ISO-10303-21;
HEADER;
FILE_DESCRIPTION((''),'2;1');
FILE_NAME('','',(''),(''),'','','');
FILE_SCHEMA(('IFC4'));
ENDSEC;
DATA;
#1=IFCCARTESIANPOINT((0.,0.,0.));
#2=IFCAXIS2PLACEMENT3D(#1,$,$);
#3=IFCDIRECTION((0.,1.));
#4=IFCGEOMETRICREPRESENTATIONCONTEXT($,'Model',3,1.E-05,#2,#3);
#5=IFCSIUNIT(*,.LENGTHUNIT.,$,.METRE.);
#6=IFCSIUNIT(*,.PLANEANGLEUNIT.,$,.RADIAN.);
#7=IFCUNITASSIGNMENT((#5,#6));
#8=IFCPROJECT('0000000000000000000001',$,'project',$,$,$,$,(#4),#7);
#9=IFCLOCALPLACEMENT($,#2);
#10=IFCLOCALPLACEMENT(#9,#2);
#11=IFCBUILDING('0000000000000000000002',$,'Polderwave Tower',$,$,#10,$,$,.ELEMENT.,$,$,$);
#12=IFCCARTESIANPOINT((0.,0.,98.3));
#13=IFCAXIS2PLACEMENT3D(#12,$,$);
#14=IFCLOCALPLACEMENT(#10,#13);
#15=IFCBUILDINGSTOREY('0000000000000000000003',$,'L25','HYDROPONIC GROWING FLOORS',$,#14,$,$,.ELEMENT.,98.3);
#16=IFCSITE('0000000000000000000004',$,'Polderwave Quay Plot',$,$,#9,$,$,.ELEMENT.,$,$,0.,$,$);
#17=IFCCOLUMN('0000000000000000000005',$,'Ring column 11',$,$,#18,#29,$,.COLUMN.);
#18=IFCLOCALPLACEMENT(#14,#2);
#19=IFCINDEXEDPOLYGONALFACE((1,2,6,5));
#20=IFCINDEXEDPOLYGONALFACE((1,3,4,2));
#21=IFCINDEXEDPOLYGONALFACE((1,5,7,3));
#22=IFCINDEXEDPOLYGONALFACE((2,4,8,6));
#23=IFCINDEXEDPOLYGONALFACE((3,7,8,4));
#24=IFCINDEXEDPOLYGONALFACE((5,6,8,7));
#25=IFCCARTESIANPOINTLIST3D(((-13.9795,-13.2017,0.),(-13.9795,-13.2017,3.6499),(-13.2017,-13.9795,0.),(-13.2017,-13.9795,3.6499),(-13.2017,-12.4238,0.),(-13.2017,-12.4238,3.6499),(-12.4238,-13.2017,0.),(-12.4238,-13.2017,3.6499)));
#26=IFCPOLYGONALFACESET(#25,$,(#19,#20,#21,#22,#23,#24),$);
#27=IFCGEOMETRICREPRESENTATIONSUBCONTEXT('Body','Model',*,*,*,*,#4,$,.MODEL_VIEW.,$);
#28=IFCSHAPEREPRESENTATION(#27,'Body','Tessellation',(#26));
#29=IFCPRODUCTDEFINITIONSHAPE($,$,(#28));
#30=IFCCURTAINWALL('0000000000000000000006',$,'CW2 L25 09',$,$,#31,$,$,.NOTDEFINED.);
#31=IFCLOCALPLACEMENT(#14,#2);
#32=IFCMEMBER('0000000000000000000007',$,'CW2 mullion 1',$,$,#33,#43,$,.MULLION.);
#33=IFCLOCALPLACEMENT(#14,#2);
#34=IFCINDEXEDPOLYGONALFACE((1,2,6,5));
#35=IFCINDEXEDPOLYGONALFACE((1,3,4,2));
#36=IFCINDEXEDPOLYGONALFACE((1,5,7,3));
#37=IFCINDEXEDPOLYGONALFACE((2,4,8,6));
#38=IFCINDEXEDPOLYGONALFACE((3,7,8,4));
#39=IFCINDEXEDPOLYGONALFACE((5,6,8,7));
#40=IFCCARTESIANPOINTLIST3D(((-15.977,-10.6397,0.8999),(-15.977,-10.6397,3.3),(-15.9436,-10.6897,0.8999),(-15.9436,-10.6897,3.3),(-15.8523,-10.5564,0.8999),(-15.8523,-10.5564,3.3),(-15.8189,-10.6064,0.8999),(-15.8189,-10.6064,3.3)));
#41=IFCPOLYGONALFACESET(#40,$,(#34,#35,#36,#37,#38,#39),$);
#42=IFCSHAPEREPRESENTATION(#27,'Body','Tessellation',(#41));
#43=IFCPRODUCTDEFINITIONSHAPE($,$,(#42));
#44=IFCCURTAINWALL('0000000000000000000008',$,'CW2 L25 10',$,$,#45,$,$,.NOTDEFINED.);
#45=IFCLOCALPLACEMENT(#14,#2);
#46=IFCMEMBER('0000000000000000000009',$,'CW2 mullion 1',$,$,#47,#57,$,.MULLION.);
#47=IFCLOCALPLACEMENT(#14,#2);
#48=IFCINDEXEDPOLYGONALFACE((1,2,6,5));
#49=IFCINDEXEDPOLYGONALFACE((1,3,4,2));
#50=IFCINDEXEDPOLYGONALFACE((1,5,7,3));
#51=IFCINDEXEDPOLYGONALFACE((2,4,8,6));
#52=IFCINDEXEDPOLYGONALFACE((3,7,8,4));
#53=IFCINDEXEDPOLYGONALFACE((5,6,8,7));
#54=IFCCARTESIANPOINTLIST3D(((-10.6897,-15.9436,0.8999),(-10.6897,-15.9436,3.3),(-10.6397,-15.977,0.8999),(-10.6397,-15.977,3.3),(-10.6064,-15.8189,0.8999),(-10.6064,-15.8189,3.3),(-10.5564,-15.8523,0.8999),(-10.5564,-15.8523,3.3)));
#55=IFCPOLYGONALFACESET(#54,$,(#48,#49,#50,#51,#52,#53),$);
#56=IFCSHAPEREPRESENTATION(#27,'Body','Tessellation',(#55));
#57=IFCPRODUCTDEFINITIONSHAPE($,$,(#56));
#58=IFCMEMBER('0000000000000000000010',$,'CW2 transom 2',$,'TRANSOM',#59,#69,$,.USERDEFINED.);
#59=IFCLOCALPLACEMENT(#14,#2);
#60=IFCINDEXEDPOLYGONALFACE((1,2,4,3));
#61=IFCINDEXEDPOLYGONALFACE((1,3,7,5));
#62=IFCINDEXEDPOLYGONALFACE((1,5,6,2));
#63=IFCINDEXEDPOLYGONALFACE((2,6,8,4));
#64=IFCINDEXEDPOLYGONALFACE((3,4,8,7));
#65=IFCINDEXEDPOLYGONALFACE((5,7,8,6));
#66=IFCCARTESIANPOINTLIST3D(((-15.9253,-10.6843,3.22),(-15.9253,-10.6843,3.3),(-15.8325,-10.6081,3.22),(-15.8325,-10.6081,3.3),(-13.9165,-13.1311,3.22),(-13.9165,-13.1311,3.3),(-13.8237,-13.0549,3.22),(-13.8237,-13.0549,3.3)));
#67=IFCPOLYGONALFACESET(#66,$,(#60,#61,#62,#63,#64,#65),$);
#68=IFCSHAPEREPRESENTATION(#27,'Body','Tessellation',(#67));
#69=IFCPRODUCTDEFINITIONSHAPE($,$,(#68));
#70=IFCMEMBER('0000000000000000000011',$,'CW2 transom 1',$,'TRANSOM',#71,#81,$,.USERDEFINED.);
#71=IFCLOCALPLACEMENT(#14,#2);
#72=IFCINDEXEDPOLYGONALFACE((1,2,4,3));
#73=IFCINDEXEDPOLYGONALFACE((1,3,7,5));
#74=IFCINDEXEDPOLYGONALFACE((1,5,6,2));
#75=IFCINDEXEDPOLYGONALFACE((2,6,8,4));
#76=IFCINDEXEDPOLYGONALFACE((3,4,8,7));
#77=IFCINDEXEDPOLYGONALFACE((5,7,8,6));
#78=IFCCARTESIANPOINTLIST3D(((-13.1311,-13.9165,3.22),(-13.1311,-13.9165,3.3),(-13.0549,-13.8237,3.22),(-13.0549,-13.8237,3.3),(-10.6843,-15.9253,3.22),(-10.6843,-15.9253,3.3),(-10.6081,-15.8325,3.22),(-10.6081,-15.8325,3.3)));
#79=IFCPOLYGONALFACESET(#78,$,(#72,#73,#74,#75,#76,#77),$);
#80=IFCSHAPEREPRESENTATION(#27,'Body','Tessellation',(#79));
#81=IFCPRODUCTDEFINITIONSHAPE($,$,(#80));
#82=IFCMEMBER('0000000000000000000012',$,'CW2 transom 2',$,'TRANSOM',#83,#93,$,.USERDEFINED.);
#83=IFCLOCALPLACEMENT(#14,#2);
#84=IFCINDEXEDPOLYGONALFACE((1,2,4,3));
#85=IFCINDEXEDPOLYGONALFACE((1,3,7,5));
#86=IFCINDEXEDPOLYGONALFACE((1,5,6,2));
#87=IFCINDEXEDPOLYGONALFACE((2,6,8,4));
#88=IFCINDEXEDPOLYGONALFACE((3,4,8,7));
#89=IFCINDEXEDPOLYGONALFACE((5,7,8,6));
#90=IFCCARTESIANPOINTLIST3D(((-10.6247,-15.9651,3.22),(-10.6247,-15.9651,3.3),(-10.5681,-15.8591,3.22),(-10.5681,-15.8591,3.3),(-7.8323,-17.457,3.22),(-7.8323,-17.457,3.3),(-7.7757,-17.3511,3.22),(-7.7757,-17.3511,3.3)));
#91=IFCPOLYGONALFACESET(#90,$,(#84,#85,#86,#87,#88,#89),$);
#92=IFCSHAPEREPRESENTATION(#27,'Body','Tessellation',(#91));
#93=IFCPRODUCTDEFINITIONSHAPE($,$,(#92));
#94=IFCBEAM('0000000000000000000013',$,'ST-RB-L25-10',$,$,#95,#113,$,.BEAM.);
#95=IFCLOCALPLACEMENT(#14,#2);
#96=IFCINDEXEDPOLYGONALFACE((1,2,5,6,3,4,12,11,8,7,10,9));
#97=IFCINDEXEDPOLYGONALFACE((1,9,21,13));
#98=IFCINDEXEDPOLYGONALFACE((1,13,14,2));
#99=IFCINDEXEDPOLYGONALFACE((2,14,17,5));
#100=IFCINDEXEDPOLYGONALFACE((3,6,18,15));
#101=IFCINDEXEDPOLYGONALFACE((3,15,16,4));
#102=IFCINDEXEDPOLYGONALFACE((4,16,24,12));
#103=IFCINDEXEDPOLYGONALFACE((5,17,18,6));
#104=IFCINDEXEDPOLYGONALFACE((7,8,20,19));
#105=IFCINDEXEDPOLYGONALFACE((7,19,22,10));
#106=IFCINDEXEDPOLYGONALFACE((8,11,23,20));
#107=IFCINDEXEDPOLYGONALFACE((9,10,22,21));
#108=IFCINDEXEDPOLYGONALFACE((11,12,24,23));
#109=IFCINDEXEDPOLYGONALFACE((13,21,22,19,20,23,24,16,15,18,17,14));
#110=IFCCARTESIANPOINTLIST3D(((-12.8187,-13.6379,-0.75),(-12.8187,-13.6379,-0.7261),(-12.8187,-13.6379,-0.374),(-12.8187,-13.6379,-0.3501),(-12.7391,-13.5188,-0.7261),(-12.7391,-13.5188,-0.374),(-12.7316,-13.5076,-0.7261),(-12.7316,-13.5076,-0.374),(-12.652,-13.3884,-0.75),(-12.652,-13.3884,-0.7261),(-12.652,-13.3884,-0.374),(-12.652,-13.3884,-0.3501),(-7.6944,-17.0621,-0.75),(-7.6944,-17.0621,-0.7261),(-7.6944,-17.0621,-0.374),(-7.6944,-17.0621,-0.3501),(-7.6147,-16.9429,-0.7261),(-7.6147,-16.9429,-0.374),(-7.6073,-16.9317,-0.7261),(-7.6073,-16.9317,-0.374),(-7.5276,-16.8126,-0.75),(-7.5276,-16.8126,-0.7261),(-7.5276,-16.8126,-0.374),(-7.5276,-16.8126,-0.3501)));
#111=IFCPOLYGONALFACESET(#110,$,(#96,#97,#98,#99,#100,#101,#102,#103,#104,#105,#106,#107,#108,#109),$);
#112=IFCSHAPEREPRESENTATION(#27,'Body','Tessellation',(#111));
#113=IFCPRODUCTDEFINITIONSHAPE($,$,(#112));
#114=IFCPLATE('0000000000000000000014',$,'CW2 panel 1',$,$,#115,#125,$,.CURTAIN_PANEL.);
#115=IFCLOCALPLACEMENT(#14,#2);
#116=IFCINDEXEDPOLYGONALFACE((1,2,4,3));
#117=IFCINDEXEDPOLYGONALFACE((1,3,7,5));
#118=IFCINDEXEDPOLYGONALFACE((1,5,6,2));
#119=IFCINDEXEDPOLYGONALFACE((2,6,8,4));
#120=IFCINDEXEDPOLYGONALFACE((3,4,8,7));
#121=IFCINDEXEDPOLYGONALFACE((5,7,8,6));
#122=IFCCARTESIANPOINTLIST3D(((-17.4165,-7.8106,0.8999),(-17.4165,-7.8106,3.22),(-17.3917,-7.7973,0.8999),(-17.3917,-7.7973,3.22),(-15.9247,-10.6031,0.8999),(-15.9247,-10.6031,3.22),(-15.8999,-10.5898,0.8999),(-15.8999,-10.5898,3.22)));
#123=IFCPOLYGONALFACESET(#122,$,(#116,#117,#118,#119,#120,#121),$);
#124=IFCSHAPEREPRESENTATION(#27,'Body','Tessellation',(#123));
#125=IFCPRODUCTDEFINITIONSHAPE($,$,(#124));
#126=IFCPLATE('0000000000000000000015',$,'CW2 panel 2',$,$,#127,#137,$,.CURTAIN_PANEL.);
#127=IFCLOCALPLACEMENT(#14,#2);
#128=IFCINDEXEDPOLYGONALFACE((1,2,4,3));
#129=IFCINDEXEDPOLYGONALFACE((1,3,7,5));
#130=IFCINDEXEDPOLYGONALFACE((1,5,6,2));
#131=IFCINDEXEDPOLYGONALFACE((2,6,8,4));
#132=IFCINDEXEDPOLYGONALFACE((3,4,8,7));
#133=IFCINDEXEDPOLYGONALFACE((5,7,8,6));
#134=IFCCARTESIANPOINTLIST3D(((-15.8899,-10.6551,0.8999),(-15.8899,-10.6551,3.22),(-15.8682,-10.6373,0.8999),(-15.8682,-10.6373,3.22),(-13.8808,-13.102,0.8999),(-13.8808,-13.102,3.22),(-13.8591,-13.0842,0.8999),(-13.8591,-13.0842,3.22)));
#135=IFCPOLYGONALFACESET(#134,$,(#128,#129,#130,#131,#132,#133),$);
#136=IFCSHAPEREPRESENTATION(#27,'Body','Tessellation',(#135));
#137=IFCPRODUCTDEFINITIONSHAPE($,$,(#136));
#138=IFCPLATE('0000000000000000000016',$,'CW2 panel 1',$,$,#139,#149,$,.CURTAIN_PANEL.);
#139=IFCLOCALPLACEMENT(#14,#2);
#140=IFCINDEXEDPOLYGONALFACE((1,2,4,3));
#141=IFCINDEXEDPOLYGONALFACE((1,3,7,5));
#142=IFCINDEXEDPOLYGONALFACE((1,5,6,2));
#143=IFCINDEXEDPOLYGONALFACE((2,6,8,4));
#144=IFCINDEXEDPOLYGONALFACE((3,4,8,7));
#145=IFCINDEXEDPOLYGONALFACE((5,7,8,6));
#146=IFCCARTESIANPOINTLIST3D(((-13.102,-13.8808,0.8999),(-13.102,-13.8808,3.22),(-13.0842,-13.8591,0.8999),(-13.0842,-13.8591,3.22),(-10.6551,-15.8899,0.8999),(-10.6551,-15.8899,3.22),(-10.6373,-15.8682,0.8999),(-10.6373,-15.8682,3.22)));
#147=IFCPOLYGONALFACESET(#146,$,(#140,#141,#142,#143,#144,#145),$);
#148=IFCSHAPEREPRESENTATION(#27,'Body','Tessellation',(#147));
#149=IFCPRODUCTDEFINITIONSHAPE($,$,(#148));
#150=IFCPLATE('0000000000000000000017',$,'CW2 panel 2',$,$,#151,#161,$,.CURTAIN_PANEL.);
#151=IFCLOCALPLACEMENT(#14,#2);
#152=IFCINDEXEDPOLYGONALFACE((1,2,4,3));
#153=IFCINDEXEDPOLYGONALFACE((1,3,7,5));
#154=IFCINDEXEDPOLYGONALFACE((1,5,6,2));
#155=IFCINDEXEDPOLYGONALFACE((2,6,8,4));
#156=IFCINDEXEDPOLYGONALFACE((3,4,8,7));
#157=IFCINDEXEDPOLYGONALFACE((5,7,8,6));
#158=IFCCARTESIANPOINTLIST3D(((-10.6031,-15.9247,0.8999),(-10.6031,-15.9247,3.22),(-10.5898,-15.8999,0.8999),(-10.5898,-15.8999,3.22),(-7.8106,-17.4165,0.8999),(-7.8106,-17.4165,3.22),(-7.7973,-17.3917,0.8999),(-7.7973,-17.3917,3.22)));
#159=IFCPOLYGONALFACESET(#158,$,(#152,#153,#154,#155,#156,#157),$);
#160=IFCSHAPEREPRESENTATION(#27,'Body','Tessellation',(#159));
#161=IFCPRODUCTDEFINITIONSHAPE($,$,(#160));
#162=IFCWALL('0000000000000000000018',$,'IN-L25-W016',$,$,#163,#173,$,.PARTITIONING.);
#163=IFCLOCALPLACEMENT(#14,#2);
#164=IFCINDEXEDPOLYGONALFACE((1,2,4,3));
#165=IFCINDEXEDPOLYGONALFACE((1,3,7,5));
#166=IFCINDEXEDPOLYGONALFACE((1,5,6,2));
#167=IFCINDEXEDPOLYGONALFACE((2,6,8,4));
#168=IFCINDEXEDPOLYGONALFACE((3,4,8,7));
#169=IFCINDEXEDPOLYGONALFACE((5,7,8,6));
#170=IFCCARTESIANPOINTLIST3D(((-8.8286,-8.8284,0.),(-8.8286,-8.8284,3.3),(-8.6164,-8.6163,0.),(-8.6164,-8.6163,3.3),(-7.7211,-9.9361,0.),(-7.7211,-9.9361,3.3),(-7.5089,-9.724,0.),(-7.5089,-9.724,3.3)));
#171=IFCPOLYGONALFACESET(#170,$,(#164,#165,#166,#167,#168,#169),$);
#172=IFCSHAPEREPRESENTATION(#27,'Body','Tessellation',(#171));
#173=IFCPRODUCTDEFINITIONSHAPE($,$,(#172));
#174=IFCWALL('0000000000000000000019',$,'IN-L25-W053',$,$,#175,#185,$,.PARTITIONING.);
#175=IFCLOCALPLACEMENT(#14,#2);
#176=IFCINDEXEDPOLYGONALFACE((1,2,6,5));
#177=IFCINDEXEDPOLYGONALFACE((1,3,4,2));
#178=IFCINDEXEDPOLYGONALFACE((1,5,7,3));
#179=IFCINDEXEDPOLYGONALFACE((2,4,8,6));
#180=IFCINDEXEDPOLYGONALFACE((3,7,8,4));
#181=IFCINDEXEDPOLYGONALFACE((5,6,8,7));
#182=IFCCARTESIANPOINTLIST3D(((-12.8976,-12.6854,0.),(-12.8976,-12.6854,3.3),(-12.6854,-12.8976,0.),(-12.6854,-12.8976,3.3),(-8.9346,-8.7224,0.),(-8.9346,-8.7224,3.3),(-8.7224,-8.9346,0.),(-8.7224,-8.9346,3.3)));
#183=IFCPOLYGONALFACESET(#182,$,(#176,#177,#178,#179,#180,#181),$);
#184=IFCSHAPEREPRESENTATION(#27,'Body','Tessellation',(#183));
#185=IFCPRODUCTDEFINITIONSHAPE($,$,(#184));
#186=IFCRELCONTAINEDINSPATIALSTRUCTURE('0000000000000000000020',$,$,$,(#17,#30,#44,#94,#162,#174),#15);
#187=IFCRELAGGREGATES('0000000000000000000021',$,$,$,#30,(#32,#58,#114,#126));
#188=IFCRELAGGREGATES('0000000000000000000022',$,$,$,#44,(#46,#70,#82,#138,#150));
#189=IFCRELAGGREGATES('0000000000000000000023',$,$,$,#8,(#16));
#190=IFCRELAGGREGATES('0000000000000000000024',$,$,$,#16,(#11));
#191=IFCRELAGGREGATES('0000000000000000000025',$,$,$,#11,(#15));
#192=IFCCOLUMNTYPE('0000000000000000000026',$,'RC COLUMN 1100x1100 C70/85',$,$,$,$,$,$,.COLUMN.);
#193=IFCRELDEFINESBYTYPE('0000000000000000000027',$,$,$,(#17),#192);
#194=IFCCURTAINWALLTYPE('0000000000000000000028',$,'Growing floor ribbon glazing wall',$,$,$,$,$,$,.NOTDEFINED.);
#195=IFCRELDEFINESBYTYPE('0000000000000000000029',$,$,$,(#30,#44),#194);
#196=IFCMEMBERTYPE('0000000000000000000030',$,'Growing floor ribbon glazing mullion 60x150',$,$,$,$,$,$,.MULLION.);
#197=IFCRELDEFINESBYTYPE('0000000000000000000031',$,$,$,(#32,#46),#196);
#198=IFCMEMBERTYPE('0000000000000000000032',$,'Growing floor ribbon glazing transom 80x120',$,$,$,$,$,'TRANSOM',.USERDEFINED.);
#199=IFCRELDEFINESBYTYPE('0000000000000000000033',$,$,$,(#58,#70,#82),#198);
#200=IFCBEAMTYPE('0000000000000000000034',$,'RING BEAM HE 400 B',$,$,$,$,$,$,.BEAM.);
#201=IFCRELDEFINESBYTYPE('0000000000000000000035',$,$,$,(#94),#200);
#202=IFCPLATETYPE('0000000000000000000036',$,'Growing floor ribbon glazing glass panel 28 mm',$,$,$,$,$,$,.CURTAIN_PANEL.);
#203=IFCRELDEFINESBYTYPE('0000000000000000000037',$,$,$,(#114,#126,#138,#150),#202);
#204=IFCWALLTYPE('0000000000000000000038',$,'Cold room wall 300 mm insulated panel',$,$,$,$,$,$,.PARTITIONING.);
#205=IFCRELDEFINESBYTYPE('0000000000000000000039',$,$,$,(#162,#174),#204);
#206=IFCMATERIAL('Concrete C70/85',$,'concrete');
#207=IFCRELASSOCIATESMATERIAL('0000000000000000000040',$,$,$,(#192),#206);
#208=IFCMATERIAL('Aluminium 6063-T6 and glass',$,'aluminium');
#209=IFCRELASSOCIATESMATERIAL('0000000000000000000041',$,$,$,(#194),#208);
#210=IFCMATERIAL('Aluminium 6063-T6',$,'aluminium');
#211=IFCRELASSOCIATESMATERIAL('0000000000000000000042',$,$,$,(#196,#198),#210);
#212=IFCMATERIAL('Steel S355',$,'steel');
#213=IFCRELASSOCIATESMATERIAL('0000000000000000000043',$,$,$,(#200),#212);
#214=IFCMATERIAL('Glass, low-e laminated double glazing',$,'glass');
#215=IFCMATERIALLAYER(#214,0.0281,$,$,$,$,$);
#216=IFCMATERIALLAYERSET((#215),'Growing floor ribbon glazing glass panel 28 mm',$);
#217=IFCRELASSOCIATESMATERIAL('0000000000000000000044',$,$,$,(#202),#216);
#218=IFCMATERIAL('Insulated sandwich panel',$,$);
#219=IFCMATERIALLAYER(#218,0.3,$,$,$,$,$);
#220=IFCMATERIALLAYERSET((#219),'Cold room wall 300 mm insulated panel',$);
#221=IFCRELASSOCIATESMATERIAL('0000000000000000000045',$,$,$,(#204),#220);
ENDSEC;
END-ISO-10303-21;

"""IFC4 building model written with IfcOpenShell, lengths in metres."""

from ifc_helpers import new_model, si_unit, direction, frame, frame_2d, origin, origin_2d, place, context, subcontext, project, spatial, rectangle, i_section, extrude, material, layer, layer_set, material_profile, profile_set, type_object, element, aggregate, save


model = new_model("IFC4")

# Units and contexts
model_context = context("Model", 3, precision=1e-05, world=origin(), true_north=direction((0.0, 1.0)))
body_context = subcontext(model_context, "Body", "Model", "MODEL_VIEW")
ifc_project = project(units=[si_unit("LENGTHUNIT", "METRE"), si_unit("PLANEANGLEUNIT", "RADIAN")], contexts=[model_context])

# Site, building, storey
site_placement = place(None, origin())
site = spatial("IfcSite", under=ifc_project, at=site_placement, Name="Polderwave Quay Plot", CompositionType="ELEMENT", RefElevation=0.0)
building_placement = place(site_placement, origin())
building = spatial("IfcBuilding", under=site, at=building_placement, Name="Polderwave Tower", CompositionType="ELEMENT")
storey_placement = place(building_placement, frame((0.0, 0.0, 98.3)))
storey = spatial("IfcBuildingStorey", under=building, at=storey_placement, Name="L25", Description="HYDROPONIC GROWING FLOORS", CompositionType="ELEMENT", Elevation=98.3)

# Column
ifc_material_1 = material(Name="Concrete C70/85", Category="concrete")
ifc_material_profile_1 = material_profile(ifc_material_1, rectangle(XDim=1.1001, YDim=1.1001, at=origin_2d()), Name="RC 1100x1100")
ifc_profile_set_1 = profile_set([ifc_material_profile_1], Name="Concrete C70/85")
column_type = type_object("IfcColumnType", Name="RC COLUMN 1100x1100 C70/85", PredefinedType="COLUMN", material=ifc_profile_set_1)
column_placement = place(storey_placement, frame((-13.2017, -13.2017, 0.0), z_axis=(0.0, 0.0, 1.0), x_axis=(-0.707107, -0.707107, 0.0)))
element("IfcColumn", 1, at=column_placement, inside=storey, type_object=column_type, Name="Ring column 11", PredefinedType="COLUMN", context=body_context, shape_type="SweptSolid", body=[
    extrude(rectangle(XDim=1.1001, YDim=1.1001, at=origin_2d()), origin(), (0.0, 0.0, 1.0), 3.6499),
])

# Curtain walls, members
ifc_material_2 = material(Name="Aluminium 6063-T6 and glass", Category="aluminium")
curtain_wall_type = type_object("IfcCurtainWallType", Name="Growing floor ribbon glazing wall", PredefinedType="NOTDEFINED", material=ifc_material_2)
curtain_wall_1_placement = place(storey_placement, origin())
curtain_wall_1 = element("IfcCurtainWall", 2, at=curtain_wall_1_placement, inside=storey, type_object=curtain_wall_type, Name="CW2 L25 09", PredefinedType="NOTDEFINED")
ifc_material_3 = material(Name="Aluminium 6063-T6", Category="aluminium")
ifc_material_profile_2 = material_profile(ifc_material_3, rectangle(XDim=0.1499, YDim=0.0601, at=origin_2d()), Name="AL 60x150")
ifc_profile_set_2 = profile_set([ifc_material_profile_2], Name="Aluminium 6063-T6")
member_type_1 = type_object("IfcMemberType", Name="Growing floor ribbon glazing mullion 60x150", PredefinedType="MULLION", material=ifc_profile_set_2)
member_1_placement = place(storey_placement, frame((-15.8979, -10.623, 0.8999), z_axis=(0.0, 0.0, 1.0), x_axis=(0.831468, 0.555573, 0.0)))
member_1 = element("IfcMember", 3, at=member_1_placement, type_object=member_type_1, Name="CW2 mullion 1", PredefinedType="MULLION", context=body_context, shape_type="SweptSolid", body=[
    extrude(rectangle(XDim=0.1499, YDim=0.0601, at=origin_2d()), origin(), (0.0, 0.0, 1.0), 2.4001),
])
curtain_wall_2_placement = place(storey_placement, origin())
curtain_wall_2 = element("IfcCurtainWall", 4, at=curtain_wall_2_placement, inside=storey, type_object=curtain_wall_type, Name="CW2 L25 10", PredefinedType="NOTDEFINED")
member_2_placement = place(storey_placement, frame((-10.623, -15.8979, 0.8999), z_axis=(0.0, 0.0, 1.0), x_axis=(0.555573, 0.831468, 0.0)))
member_2 = element("IfcMember", 5, at=member_2_placement, type_object=member_type_1, Name="CW2 mullion 1", PredefinedType="MULLION", context=body_context, shape_type="SweptSolid", body=[
    extrude(rectangle(XDim=0.1499, YDim=0.0601, at=origin_2d()), origin(), (0.0, 0.0, 1.0), 2.4001),
])

# Members
ifc_material_profile_3 = material_profile(ifc_material_3, rectangle(XDim=0.1201, YDim=0.0801, at=origin_2d()), Name="AL 80x120")
ifc_profile_set_3 = profile_set([ifc_material_profile_3], Name="Aluminium 6063-T6")
member_type_2 = type_object("IfcMemberType", Name="Growing floor ribbon glazing transom 80x120", ElementType="TRANSOM", PredefinedType="USERDEFINED", material=ifc_profile_set_3)
member_3_placement = place(storey_placement, frame((-15.8789, -10.6462, 3.26), z_axis=(0.634539, -0.772891, 0.0), x_axis=(0.772891, 0.634539, 0.0)))
member_3 = element("IfcMember", 6, at=member_3_placement, type_object=member_type_2, Name="CW2 transom 2", ObjectType="TRANSOM", PredefinedType="USERDEFINED", context=body_context, shape_type="SweptSolid", body=[
    extrude(rectangle(XDim=0.1201, YDim=0.0801, at=origin_2d()), origin(), (0.0, 0.0, 1.0), 3.1658),
])
member_4_placement = place(storey_placement, frame((-13.093, -13.8701, 3.26), z_axis=(0.772891, -0.634539, 0.0), x_axis=(0.634539, 0.772891, 0.0)))
member_4 = element("IfcMember", 7, at=member_4_placement, type_object=member_type_2, Name="CW2 transom 1", ObjectType="TRANSOM", PredefinedType="USERDEFINED", context=body_context, shape_type="SweptSolid", body=[
    extrude(rectangle(XDim=0.1201, YDim=0.0801, at=origin_2d()), origin(), (0.0, 0.0, 1.0), 3.1658),
])
member_5_placement = place(storey_placement, frame((-10.5964, -15.9121, 3.26), z_axis=(0.882009, -0.471232, 0.0), x_axis=(0.471232, 0.882009, 0.0)))
member_5 = element("IfcMember", 8, at=member_5_placement, type_object=member_type_2, Name="CW2 transom 2", ObjectType="TRANSOM", PredefinedType="USERDEFINED", context=body_context, shape_type="SweptSolid", body=[
    extrude(rectangle(XDim=0.1201, YDim=0.0801, at=origin_2d()), origin(), (0.0, 0.0, 1.0), 3.166),
])

# Beam
ifc_material_4 = material(Name="Steel S355", Category="steel")
ifc_material_profile_4 = material_profile(ifc_material_4, i_section(OverallWidth=0.3, OverallDepth=0.3999, WebThickness=0.0134, FlangeThickness=0.0239, at=origin_2d()), Name="HE 400 B")
ifc_profile_set_4 = profile_set([ifc_material_profile_4], Name="Steel S355")
beam_type = type_object("IfcBeamType", Name="RING BEAM HE 400 B", PredefinedType="BEAM", material=ifc_profile_set_4)
beam_placement = place(storey_placement, frame((-12.7354, -13.5132, -0.55), z_axis=(0.831459, -0.555587, 0.0), x_axis=(0.555587, 0.831459, 0.0)))
element("IfcBeam", 9, at=beam_placement, inside=storey, type_object=beam_type, Name="ST-RB-L25-10", PredefinedType="BEAM", context=body_context, shape_type="SweptSolid", body=[
    extrude(i_section(OverallWidth=0.3, OverallDepth=0.3999, WebThickness=0.0134, FlangeThickness=0.0239, at=origin_2d()), origin(), (0.0, 0.0, 1.0), 6.1631),
])

# Plates
ifc_material_5 = material(Name="Glass, low-e laminated double glazing", Category="glass")
ifc_layer_1 = layer(ifc_material_5, 0.0281)
ifc_layer_set_1 = layer_set([ifc_layer_1], Name="Growing floor ribbon glazing glass panel 28 mm")
plate_type = type_object("IfcPlateType", Name="Growing floor ribbon glazing glass panel 28 mm", PredefinedType="CURTAIN_PANEL", material=ifc_layer_set_1)
plate_1_placement = place(storey_placement, frame((-16.6582, -9.2002, 0.8999), z_axis=(0.0, 0.0, 1.0), x_axis=(0.471206, -0.882023, 0.0)))
plate_1 = element("IfcPlate", 10, at=plate_1_placement, type_object=plate_type, Name="CW2 panel 1", PredefinedType="CURTAIN_PANEL", context=body_context, shape_type="SweptSolid", body=[
    extrude(rectangle(XDim=3.166, YDim=0.0281, at=origin_2d()), origin(), (0.0, 0.0, 1.0), 2.3201),
])
plate_2_placement = place(storey_placement, frame((-14.8745, -11.8696, 0.8999), z_axis=(0.0, 0.0, 1.0), x_axis=(0.634566, -0.772869, 0.0)))
plate_2 = element("IfcPlate", 11, at=plate_2_placement, type_object=plate_type, Name="CW2 panel 2", PredefinedType="CURTAIN_PANEL", context=body_context, shape_type="SweptSolid", body=[
    extrude(rectangle(XDim=3.166, YDim=0.0281, at=origin_2d()), origin(), (0.0, 0.0, 1.0), 2.3201),
])
aggregate(curtain_wall_1, [member_1, member_3, plate_1, plate_2])
plate_3_placement = place(storey_placement, frame((-11.8696, -14.8745, 0.8999), z_axis=(0.0, 0.0, 1.0), x_axis=(0.772869, -0.634566, 0.0)))
plate_3 = element("IfcPlate", 12, at=plate_3_placement, type_object=plate_type, Name="CW2 panel 1", PredefinedType="CURTAIN_PANEL", context=body_context, shape_type="SweptSolid", body=[
    extrude(rectangle(XDim=3.166, YDim=0.0281, at=origin_2d()), origin(), (0.0, 0.0, 1.0), 2.3201),
])
plate_4_placement = place(storey_placement, frame((-9.2002, -16.6582, 0.8999), z_axis=(0.0, 0.0, 1.0), x_axis=(0.882023, -0.471206, 0.0)))
plate_4 = element("IfcPlate", 13, at=plate_4_placement, type_object=plate_type, Name="CW2 panel 2", PredefinedType="CURTAIN_PANEL", context=body_context, shape_type="SweptSolid", body=[
    extrude(rectangle(XDim=3.166, YDim=0.0281, at=origin_2d()), origin(), (0.0, 0.0, 1.0), 2.3201),
])
aggregate(curtain_wall_2, [member_2, member_4, member_5, plate_3, plate_4])

# Walls
ifc_material_6 = material(Name="Insulated sandwich panel")
ifc_layer_2 = layer(ifc_material_6, 0.3)
ifc_layer_set_2 = layer_set([ifc_layer_2], Name="Cold room wall 300 mm insulated panel")
wall_type_1 = type_object("IfcWallType", Name="Cold room wall 300 mm insulated panel", PredefinedType="PARTITIONING", material=ifc_layer_set_2)
wall_1_placement = place(storey_placement, frame((-7.615, -9.8301, 0.0), z_axis=(0.0, 0.0, 1.0), x_axis=(-0.707029, 0.707185, 0.0)))
element("IfcWall", 14, at=wall_1_placement, inside=storey, type_object=wall_type_1, Name="IN-L25-W016", PredefinedType="PARTITIONING", context=body_context, shape_type="SweptSolid", body=[
    extrude(rectangle(XDim=1.5664, YDim=0.3, at=frame_2d((0.7832, 0.0))), origin(), (0.0, 0.0, 1.0), 3.3),
])
wall_2_placement = place(storey_placement, frame((-12.7915, -12.7915, 0.0), z_axis=(0.0, 0.0, 1.0), x_axis=(0.707107, 0.707107, 0.0)))
element("IfcWall", 15, at=wall_2_placement, inside=storey, type_object=wall_type_1, Name="IN-L25-W053", PredefinedType="PARTITIONING", context=body_context, shape_type="SweptSolid", body=[
    extrude(rectangle(XDim=5.6045, YDim=0.3, at=frame_2d((2.8022, 0.0))), origin(), (0.0, 0.0, 1.0), 3.3),
])

save(model, "model.ifc")
